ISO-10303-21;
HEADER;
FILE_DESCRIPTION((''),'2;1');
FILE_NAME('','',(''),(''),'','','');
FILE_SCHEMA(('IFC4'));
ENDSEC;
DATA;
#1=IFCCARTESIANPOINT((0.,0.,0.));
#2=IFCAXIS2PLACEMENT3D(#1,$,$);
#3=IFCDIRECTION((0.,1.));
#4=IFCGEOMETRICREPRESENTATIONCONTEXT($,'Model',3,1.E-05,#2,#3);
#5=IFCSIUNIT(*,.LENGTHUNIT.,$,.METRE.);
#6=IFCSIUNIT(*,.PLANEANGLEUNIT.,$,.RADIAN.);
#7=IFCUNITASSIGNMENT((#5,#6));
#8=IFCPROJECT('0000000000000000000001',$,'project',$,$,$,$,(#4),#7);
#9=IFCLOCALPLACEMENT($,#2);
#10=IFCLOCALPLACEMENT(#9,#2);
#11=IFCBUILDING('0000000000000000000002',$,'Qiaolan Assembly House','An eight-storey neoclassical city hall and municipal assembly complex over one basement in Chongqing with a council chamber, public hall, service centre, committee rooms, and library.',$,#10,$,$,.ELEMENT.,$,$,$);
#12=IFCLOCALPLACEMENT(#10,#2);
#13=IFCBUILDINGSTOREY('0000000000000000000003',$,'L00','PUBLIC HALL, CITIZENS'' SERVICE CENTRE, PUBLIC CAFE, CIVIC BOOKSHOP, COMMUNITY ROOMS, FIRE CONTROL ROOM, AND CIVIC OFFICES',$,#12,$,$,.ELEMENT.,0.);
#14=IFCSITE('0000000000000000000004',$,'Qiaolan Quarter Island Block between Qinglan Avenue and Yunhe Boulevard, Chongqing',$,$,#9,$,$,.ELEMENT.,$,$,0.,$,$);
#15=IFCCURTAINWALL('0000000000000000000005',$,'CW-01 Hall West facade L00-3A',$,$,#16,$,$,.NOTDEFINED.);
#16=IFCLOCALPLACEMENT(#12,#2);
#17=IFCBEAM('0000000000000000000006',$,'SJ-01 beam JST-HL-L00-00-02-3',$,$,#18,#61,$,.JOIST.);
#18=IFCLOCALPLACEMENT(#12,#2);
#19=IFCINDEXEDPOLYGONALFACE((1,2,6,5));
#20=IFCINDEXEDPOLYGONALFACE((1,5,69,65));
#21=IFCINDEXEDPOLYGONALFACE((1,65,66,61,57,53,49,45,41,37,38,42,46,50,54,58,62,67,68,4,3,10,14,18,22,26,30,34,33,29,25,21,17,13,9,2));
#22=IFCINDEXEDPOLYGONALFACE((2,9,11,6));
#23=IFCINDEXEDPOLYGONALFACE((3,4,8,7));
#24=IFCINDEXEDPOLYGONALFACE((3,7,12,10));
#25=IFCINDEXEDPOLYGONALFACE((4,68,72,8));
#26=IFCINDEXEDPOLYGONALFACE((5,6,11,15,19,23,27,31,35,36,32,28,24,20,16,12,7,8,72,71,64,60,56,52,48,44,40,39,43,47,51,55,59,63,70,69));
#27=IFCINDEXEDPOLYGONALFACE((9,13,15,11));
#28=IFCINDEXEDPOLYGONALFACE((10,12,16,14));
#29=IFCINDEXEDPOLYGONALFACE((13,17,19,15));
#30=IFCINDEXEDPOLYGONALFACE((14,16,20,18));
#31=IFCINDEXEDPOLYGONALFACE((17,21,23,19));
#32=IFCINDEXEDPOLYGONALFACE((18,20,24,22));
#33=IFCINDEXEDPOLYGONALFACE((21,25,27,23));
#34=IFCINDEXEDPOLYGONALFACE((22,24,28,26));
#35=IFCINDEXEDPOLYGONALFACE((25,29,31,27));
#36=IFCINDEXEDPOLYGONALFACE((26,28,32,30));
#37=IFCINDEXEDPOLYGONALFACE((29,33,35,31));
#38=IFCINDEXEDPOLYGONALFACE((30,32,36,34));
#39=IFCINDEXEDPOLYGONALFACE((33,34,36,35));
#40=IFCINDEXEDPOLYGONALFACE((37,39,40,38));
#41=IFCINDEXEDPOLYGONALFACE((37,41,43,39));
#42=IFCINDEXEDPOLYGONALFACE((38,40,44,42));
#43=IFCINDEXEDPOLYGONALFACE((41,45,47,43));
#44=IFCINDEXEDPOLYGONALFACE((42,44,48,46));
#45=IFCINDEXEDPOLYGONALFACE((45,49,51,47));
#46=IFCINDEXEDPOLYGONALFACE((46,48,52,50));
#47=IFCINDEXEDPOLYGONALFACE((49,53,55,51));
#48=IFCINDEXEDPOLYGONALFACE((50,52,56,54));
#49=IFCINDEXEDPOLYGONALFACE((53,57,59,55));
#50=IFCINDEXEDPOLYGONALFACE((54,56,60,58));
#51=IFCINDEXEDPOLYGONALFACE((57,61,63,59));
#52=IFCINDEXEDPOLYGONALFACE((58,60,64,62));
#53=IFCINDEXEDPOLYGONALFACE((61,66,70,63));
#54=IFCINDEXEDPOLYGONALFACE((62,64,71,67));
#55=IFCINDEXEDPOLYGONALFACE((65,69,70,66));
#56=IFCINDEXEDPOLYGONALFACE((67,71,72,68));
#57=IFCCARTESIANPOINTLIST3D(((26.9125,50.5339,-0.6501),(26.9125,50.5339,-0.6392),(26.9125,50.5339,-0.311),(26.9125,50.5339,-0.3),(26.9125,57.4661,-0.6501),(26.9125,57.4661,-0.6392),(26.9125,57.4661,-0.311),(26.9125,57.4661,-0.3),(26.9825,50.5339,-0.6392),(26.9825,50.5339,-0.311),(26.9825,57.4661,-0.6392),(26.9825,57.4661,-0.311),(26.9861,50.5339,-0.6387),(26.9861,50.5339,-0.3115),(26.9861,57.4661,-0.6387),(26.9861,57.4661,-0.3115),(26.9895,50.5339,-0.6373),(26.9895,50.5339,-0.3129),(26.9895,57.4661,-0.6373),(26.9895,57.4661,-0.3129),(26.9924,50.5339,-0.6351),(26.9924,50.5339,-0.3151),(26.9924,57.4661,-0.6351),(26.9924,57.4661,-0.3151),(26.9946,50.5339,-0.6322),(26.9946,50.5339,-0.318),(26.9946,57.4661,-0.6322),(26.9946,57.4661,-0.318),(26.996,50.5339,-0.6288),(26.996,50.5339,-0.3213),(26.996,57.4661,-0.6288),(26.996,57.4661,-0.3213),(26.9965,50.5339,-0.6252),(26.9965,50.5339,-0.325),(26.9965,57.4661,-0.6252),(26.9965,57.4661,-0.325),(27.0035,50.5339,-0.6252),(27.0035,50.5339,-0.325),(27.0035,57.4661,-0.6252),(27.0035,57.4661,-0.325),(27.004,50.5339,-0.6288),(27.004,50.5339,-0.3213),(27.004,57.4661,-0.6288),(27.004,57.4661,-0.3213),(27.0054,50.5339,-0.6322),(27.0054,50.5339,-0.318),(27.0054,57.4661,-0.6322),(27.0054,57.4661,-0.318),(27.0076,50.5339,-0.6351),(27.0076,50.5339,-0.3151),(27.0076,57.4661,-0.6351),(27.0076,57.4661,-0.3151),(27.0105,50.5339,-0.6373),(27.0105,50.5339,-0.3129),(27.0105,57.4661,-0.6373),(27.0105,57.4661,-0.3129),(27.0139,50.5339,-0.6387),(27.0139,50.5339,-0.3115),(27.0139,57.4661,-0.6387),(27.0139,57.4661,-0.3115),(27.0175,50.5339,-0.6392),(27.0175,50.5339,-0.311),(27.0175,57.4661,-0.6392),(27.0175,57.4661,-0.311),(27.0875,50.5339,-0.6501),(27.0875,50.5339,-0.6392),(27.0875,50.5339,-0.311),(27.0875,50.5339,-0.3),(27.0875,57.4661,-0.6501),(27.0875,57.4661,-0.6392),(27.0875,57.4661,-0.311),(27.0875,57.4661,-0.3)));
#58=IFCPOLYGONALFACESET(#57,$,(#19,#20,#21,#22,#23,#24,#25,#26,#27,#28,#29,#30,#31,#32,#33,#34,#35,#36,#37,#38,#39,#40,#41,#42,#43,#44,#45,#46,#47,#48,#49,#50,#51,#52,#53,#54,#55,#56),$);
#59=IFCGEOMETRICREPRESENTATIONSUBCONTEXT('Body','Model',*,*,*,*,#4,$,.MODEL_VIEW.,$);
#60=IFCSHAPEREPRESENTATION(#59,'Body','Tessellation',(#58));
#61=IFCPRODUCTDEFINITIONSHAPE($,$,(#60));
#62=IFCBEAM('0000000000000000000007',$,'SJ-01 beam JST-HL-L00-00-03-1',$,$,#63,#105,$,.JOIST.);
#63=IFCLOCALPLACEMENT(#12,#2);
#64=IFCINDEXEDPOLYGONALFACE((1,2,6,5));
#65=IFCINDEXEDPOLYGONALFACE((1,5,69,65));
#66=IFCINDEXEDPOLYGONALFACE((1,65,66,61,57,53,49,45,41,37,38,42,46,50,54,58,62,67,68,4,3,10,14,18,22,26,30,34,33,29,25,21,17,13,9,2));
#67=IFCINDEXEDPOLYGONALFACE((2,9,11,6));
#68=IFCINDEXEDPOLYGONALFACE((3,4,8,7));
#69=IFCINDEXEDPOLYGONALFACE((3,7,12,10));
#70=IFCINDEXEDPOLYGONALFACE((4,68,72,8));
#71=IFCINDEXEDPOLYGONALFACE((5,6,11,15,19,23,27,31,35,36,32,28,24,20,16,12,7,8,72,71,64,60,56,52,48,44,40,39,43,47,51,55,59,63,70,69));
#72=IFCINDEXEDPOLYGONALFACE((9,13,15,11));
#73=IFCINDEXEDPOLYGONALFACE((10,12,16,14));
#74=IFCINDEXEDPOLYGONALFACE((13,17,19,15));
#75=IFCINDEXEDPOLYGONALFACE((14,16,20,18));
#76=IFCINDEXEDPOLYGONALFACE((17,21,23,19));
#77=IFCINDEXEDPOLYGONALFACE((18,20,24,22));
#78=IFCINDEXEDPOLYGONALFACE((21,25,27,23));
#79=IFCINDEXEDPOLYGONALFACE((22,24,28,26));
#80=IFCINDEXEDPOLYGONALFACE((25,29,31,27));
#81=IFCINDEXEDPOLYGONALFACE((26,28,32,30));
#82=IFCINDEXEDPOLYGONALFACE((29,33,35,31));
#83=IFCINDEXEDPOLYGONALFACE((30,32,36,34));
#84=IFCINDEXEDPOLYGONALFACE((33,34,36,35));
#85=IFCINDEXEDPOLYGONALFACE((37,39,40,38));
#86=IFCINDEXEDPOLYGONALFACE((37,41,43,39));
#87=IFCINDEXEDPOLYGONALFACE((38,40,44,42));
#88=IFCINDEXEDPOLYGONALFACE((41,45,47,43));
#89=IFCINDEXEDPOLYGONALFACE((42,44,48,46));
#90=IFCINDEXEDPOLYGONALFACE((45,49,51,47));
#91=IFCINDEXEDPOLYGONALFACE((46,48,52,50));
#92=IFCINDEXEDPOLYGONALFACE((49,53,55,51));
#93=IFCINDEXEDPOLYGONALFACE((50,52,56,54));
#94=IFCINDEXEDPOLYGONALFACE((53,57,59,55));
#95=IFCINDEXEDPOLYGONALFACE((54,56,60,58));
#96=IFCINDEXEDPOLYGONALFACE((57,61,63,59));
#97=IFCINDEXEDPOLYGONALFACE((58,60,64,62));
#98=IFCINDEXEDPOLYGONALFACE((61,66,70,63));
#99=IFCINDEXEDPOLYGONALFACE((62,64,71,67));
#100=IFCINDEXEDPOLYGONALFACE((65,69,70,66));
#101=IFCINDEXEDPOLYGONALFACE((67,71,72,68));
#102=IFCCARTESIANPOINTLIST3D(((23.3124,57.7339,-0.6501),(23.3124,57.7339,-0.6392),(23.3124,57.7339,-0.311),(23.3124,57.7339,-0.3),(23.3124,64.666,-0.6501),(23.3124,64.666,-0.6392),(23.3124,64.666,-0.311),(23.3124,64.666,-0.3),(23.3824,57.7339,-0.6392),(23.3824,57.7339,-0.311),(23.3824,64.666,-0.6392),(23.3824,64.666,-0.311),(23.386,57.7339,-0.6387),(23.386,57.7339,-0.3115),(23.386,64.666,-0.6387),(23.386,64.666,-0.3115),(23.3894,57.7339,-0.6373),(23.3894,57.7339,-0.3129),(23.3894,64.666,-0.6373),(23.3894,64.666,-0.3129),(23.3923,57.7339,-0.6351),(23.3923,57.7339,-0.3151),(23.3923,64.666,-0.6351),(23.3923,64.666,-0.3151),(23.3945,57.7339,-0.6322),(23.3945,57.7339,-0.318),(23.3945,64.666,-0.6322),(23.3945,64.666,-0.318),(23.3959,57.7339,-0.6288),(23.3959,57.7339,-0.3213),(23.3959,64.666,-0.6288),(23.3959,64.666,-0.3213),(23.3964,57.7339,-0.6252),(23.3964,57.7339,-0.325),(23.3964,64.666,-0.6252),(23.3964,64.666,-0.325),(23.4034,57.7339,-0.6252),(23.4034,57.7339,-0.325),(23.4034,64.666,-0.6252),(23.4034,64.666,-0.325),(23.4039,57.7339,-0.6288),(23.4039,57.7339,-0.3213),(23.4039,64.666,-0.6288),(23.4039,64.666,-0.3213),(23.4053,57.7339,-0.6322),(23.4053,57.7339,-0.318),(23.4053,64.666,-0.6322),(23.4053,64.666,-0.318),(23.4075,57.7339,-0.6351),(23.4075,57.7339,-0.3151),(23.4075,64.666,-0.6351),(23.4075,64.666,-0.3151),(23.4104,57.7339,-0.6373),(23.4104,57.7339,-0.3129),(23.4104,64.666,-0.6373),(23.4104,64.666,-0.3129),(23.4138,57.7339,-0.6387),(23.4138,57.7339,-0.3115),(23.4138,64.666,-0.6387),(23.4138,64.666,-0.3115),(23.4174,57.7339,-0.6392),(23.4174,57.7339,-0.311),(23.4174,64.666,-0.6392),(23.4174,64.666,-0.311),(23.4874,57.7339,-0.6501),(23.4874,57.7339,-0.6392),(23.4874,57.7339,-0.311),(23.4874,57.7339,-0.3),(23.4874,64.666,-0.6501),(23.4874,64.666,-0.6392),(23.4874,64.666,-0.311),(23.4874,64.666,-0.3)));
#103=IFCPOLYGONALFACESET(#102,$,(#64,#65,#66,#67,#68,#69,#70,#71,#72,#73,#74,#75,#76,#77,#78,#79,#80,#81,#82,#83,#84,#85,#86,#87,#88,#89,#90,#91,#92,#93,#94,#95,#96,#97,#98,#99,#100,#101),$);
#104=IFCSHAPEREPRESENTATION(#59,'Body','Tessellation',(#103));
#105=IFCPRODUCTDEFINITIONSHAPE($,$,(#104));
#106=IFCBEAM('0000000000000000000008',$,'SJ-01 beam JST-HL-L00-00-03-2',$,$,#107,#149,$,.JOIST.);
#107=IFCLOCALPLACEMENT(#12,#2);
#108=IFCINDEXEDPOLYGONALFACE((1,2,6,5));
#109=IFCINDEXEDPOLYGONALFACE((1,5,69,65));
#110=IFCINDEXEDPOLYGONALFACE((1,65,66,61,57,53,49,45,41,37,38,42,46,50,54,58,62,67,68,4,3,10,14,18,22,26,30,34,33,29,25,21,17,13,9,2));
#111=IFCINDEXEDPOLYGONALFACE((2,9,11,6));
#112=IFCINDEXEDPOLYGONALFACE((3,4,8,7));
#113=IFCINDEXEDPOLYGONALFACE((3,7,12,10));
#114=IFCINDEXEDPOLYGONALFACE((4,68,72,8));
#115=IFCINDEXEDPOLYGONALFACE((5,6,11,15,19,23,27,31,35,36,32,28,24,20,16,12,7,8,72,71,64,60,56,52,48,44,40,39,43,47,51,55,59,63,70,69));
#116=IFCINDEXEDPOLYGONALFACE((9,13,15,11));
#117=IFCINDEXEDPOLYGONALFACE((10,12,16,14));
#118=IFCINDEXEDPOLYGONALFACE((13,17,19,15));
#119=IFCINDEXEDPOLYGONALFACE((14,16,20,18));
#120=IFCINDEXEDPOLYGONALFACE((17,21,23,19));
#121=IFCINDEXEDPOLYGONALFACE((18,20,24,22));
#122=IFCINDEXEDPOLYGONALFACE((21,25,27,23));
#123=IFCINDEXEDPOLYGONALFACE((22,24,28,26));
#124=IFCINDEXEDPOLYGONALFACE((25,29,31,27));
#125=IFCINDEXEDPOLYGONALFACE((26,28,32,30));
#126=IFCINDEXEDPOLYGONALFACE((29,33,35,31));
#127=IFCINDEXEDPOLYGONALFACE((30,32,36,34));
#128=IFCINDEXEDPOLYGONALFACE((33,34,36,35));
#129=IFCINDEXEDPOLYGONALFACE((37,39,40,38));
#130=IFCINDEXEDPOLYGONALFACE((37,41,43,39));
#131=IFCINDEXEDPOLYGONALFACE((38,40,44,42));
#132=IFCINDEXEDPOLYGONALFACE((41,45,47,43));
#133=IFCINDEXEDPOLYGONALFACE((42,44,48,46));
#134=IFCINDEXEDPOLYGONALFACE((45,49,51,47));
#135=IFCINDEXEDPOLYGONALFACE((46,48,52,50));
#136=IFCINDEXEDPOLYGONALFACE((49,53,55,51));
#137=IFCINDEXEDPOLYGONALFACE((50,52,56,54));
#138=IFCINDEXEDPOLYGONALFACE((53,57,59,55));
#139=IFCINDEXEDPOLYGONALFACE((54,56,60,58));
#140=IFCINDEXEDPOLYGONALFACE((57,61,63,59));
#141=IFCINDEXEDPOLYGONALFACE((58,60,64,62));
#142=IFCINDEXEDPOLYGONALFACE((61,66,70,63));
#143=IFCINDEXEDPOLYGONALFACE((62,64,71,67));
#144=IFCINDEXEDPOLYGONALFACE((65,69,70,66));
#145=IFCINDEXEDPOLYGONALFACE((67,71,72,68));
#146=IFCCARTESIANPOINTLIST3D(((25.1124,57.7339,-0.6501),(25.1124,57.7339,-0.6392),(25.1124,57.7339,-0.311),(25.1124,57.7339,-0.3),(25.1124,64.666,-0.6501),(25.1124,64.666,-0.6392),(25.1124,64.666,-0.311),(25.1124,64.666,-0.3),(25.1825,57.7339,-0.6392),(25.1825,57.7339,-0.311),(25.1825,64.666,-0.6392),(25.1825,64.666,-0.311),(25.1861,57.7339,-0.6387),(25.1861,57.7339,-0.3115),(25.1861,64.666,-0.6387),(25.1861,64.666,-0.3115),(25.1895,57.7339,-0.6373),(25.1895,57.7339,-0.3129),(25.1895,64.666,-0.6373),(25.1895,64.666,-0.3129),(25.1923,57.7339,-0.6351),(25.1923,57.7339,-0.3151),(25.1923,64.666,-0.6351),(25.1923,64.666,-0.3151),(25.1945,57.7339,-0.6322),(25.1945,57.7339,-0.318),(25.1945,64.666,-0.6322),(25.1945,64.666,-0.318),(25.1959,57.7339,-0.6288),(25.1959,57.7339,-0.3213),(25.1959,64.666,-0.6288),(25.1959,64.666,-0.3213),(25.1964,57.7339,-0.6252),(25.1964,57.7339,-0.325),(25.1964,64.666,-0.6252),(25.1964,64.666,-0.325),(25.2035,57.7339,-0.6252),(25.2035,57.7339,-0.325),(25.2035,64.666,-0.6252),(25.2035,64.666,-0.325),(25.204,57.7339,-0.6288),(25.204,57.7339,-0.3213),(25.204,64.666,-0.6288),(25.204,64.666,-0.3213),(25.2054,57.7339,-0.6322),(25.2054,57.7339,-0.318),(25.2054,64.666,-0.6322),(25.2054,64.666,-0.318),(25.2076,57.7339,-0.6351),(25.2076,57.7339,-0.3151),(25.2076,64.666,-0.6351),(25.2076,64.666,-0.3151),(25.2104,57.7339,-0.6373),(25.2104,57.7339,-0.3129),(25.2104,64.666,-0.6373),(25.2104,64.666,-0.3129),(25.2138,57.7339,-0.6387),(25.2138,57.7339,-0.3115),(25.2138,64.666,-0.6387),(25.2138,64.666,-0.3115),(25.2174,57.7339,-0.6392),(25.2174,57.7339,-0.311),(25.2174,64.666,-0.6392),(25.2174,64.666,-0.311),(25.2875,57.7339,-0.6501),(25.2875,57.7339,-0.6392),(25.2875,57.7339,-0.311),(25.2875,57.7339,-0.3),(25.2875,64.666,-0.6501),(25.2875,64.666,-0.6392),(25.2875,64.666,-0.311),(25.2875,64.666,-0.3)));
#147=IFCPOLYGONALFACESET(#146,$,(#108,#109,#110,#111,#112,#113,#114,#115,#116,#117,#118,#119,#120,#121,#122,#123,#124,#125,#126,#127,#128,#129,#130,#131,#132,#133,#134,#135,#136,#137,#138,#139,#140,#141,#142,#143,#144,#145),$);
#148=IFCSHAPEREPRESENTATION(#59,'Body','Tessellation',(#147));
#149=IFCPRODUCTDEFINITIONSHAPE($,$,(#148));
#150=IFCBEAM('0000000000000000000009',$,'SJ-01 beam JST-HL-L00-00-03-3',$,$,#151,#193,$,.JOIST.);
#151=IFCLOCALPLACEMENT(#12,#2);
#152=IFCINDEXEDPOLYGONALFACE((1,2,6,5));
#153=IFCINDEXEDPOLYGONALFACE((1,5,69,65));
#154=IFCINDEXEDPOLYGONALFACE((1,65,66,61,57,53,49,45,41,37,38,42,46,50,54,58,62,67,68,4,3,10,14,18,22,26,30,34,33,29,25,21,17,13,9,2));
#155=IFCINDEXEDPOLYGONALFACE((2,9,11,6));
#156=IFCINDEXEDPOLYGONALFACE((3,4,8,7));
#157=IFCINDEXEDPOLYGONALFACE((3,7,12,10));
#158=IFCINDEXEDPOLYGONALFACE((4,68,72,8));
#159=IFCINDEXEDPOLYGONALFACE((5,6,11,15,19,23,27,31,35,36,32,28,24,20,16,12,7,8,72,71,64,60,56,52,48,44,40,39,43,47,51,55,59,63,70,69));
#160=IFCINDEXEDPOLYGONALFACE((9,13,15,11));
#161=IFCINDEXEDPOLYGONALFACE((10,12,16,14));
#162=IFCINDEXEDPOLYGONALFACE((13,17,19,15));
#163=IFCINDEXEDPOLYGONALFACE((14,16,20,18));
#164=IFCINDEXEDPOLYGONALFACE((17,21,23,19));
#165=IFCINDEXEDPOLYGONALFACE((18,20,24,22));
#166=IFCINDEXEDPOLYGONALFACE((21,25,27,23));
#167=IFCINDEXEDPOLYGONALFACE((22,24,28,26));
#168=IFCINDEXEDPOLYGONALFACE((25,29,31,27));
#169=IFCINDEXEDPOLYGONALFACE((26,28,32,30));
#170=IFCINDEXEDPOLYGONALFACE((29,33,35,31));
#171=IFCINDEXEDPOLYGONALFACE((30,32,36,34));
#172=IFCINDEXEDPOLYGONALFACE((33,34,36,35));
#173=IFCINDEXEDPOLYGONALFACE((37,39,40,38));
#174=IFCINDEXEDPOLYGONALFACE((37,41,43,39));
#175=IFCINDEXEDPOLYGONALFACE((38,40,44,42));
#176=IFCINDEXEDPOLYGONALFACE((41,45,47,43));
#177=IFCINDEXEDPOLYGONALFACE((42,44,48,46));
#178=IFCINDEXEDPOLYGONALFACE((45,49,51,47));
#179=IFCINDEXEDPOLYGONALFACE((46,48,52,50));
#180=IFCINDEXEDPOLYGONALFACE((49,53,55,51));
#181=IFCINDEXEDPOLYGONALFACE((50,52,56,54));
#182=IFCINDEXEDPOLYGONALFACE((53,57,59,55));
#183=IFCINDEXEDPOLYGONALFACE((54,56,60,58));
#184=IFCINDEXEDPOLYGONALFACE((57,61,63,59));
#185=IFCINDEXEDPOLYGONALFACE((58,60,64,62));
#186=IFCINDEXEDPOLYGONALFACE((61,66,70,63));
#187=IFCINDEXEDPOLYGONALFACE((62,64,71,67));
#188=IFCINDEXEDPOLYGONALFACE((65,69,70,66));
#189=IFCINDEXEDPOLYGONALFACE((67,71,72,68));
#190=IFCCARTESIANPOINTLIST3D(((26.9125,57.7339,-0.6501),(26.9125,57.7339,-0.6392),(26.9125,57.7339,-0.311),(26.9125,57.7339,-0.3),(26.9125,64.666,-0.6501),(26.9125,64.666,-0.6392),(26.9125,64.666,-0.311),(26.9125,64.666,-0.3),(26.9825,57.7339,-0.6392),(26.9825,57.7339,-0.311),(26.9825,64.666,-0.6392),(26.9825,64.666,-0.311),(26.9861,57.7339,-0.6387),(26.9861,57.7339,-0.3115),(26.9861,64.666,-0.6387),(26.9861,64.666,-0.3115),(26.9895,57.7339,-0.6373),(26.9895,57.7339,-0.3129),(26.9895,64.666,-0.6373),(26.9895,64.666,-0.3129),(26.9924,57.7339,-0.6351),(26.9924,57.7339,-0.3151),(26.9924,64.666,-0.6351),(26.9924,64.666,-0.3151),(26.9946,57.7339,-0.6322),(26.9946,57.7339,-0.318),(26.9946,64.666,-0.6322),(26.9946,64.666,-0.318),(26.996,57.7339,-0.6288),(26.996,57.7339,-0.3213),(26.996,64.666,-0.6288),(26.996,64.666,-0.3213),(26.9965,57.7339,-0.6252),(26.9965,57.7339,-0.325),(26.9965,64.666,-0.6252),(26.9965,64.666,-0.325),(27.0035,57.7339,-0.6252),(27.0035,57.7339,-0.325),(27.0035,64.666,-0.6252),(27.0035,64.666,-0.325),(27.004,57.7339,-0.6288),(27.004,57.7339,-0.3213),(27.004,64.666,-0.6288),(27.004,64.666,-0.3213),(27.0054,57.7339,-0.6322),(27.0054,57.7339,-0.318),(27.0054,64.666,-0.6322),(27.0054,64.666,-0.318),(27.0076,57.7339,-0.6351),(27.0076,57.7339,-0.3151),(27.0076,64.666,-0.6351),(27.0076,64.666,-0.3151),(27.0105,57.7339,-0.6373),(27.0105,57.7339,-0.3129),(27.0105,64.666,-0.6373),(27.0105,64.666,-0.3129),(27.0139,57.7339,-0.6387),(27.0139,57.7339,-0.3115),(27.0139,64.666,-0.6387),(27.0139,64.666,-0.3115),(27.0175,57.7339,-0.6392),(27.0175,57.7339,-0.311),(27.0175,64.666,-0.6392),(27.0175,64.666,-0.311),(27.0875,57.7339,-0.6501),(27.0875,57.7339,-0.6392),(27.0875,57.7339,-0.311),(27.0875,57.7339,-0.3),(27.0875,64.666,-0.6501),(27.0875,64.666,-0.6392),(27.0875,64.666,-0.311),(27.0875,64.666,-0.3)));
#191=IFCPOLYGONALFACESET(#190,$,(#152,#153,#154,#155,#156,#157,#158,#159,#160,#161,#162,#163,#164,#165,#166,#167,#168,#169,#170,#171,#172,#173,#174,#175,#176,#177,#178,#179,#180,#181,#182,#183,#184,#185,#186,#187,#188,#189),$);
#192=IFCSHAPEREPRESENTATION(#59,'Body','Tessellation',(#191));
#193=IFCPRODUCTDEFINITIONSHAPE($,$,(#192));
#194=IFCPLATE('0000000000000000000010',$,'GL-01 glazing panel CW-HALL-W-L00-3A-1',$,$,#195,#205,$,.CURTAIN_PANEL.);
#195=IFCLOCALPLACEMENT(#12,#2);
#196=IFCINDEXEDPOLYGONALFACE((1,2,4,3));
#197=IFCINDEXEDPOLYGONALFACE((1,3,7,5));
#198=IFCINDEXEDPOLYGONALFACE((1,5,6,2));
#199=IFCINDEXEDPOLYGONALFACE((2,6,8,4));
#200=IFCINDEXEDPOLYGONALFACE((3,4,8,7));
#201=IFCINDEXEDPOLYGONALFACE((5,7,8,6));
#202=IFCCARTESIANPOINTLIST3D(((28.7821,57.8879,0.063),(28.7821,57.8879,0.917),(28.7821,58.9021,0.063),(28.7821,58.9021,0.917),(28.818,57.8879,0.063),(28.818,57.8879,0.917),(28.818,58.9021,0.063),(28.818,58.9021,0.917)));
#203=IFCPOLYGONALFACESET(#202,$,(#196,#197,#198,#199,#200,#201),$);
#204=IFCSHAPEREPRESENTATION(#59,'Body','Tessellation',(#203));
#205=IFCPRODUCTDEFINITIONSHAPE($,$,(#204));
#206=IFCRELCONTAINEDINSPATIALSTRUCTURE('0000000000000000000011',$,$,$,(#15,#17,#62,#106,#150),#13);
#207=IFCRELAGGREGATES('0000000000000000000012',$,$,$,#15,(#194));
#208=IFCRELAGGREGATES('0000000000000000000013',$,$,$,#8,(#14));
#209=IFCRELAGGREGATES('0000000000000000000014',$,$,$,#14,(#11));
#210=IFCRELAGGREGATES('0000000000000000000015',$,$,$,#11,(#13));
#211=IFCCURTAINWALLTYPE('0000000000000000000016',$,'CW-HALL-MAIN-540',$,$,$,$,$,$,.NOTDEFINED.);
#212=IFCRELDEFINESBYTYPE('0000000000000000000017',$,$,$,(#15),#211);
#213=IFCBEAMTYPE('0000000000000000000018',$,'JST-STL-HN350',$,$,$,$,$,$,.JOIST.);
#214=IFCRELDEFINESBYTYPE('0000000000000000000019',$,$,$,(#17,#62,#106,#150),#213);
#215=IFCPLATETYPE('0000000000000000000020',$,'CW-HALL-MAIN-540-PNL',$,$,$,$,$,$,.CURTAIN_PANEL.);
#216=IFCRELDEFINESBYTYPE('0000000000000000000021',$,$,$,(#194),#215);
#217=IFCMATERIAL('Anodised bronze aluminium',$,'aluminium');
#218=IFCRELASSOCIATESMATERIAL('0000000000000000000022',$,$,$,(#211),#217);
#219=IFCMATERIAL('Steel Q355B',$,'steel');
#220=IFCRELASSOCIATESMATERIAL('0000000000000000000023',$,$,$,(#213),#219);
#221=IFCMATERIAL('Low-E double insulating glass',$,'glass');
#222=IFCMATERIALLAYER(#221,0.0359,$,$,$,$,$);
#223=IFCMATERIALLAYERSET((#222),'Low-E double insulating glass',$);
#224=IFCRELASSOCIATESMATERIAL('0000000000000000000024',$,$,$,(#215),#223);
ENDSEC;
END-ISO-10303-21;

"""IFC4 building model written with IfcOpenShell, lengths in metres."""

from ifc_helpers import new_model, si_unit, direction, frame, frame_2d, origin, origin_2d, place, context, subcontext, project, spatial, rectangle, i_section, extrude, material, layer, layer_set, material_profile, profile_set, type_object, element, aggregate, save


model = new_model("IFC4")

# Units and contexts
model_context = context("Model", 3, precision=1e-05, world=origin(), true_north=direction((0.0, 1.0)))
body_context = subcontext(model_context, "Body", "Model", "MODEL_VIEW")
ifc_project = project(units=[si_unit("LENGTHUNIT", "METRE"), si_unit("PLANEANGLEUNIT", "RADIAN")], contexts=[model_context])

# Site, building, storey
site_placement = place(None, origin())
site = spatial("IfcSite", under=ifc_project, at=site_placement, Name="Qiaolan Quarter Island Block between Qinglan Avenue and Yunhe Boulevard, Chongqing", CompositionType="ELEMENT", RefElevation=0.0)
building_placement = place(site_placement, origin())
building = spatial("IfcBuilding", under=site, at=building_placement, Name="Qiaolan Assembly House", Description="An eight-storey neoclassical city hall and municipal assembly complex over one basement in Chongqing with a council chamber, public hall, service centre, committee rooms, and library.", CompositionType="ELEMENT")
storey_placement = place(building_placement, origin())
storey = spatial("IfcBuildingStorey", under=building, at=storey_placement, Name="L00", Description="PUBLIC HALL, CITIZENS' SERVICE CENTRE, PUBLIC CAFE, CIVIC BOOKSHOP, COMMUNITY ROOMS, FIRE CONTROL ROOM, AND CIVIC OFFICES", CompositionType="ELEMENT", Elevation=0.0)

# Shared definitions
ifc_material_1 = material(Name="Steel Q355B", Category="steel")

# Curtain wall
ifc_material_2 = material(Name="Anodised bronze aluminium", Category="aluminium")
curtain_wall_type = type_object("IfcCurtainWallType", Name="CW-HALL-MAIN-540", PredefinedType="NOTDEFINED", material=ifc_material_2)
curtain_wall_placement = place(storey_placement, origin())
curtain_wall = element("IfcCurtainWall", 1, at=curtain_wall_placement, inside=storey, type_object=curtain_wall_type, Name="CW-01 Hall West facade L00-3A", PredefinedType="NOTDEFINED")

# Beams
ifc_material_profile_1 = material_profile(ifc_material_1, i_section(OverallWidth=0.175, OverallDepth=0.3501, WebThickness=0.0071, FlangeThickness=0.011, FilletRadius=0.0139, at=origin_2d()), Name="HN 350x175x7x11")
ifc_profile_set_1 = profile_set([ifc_material_profile_1], Name="Steel Q355B")
beam_type_1 = type_object("IfcBeamType", Name="JST-STL-HN350", PredefinedType="JOIST", material=ifc_profile_set_1)
for number, where, z_axis, x_axis, name in (
    (2, (27.0, 50.5339, -0.4751), (0.0, 1.0, 0.0), (-1.0, 0.0, 0.0), "SJ-01 beam JST-HL-L00-00-02-3"),
    (3, (23.3999, 57.7339, -0.4751), (0.0, 1.0, 0.0), (-1.0, 0.0, 0.0), "SJ-01 beam JST-HL-L00-00-03-1"),
    (4, (25.2, 57.7339, -0.4751), (0.0, 1.0, 0.0), (-1.0, 0.0, 0.0), "SJ-01 beam JST-HL-L00-00-03-2"),
    (5, (27.0, 57.7339, -0.4751), (0.0, 1.0, 0.0), (-1.0, 0.0, 0.0), "SJ-01 beam JST-HL-L00-00-03-3"),
):
    element("IfcBeam", number, at=place(storey_placement, frame(where, z_axis=z_axis, x_axis=x_axis)), inside=storey, type_object=beam_type_1, Name=name, PredefinedType="JOIST", context=body_context, shape_type="SweptSolid", body=[
        extrude(i_section(OverallWidth=0.175, OverallDepth=0.3501, WebThickness=0.0071, FlangeThickness=0.011, FilletRadius=0.0139, at=origin_2d()), origin(), (0.0, 0.0, 1.0), 6.9321),
    ])

# Plate
ifc_material_3 = material(Name="Low-E double insulating glass", Category="glass")
ifc_layer_1 = layer(ifc_material_3, 0.0359)
ifc_layer_set_1 = layer_set([ifc_layer_1], Name="Low-E double insulating glass")
plate_type = type_object("IfcPlateType", Name="CW-HALL-MAIN-540-PNL", PredefinedType="CURTAIN_PANEL", material=ifc_layer_set_1)
plate_1_placement = place(storey_placement, frame((28.8, 57.8879, 0.063), z_axis=(0.0, 0.0, 1.0), x_axis=(0.0, 1.0, 0.0)))
plate_1 = element("IfcPlate", 6, at=plate_1_placement, type_object=plate_type, Name="GL-01 glazing panel CW-HALL-W-L00-3A-1", PredefinedType="CURTAIN_PANEL", context=body_context, shape_type="SweptSolid", body=[
    extrude(rectangle(XDim=1.0142, YDim=0.0359, at=frame_2d((0.5071, 0.0))), origin(), (0.0, 0.0, 1.0), 0.854),
])
aggregate(curtain_wall, [plate_1])

save(model, "model.ifc")
